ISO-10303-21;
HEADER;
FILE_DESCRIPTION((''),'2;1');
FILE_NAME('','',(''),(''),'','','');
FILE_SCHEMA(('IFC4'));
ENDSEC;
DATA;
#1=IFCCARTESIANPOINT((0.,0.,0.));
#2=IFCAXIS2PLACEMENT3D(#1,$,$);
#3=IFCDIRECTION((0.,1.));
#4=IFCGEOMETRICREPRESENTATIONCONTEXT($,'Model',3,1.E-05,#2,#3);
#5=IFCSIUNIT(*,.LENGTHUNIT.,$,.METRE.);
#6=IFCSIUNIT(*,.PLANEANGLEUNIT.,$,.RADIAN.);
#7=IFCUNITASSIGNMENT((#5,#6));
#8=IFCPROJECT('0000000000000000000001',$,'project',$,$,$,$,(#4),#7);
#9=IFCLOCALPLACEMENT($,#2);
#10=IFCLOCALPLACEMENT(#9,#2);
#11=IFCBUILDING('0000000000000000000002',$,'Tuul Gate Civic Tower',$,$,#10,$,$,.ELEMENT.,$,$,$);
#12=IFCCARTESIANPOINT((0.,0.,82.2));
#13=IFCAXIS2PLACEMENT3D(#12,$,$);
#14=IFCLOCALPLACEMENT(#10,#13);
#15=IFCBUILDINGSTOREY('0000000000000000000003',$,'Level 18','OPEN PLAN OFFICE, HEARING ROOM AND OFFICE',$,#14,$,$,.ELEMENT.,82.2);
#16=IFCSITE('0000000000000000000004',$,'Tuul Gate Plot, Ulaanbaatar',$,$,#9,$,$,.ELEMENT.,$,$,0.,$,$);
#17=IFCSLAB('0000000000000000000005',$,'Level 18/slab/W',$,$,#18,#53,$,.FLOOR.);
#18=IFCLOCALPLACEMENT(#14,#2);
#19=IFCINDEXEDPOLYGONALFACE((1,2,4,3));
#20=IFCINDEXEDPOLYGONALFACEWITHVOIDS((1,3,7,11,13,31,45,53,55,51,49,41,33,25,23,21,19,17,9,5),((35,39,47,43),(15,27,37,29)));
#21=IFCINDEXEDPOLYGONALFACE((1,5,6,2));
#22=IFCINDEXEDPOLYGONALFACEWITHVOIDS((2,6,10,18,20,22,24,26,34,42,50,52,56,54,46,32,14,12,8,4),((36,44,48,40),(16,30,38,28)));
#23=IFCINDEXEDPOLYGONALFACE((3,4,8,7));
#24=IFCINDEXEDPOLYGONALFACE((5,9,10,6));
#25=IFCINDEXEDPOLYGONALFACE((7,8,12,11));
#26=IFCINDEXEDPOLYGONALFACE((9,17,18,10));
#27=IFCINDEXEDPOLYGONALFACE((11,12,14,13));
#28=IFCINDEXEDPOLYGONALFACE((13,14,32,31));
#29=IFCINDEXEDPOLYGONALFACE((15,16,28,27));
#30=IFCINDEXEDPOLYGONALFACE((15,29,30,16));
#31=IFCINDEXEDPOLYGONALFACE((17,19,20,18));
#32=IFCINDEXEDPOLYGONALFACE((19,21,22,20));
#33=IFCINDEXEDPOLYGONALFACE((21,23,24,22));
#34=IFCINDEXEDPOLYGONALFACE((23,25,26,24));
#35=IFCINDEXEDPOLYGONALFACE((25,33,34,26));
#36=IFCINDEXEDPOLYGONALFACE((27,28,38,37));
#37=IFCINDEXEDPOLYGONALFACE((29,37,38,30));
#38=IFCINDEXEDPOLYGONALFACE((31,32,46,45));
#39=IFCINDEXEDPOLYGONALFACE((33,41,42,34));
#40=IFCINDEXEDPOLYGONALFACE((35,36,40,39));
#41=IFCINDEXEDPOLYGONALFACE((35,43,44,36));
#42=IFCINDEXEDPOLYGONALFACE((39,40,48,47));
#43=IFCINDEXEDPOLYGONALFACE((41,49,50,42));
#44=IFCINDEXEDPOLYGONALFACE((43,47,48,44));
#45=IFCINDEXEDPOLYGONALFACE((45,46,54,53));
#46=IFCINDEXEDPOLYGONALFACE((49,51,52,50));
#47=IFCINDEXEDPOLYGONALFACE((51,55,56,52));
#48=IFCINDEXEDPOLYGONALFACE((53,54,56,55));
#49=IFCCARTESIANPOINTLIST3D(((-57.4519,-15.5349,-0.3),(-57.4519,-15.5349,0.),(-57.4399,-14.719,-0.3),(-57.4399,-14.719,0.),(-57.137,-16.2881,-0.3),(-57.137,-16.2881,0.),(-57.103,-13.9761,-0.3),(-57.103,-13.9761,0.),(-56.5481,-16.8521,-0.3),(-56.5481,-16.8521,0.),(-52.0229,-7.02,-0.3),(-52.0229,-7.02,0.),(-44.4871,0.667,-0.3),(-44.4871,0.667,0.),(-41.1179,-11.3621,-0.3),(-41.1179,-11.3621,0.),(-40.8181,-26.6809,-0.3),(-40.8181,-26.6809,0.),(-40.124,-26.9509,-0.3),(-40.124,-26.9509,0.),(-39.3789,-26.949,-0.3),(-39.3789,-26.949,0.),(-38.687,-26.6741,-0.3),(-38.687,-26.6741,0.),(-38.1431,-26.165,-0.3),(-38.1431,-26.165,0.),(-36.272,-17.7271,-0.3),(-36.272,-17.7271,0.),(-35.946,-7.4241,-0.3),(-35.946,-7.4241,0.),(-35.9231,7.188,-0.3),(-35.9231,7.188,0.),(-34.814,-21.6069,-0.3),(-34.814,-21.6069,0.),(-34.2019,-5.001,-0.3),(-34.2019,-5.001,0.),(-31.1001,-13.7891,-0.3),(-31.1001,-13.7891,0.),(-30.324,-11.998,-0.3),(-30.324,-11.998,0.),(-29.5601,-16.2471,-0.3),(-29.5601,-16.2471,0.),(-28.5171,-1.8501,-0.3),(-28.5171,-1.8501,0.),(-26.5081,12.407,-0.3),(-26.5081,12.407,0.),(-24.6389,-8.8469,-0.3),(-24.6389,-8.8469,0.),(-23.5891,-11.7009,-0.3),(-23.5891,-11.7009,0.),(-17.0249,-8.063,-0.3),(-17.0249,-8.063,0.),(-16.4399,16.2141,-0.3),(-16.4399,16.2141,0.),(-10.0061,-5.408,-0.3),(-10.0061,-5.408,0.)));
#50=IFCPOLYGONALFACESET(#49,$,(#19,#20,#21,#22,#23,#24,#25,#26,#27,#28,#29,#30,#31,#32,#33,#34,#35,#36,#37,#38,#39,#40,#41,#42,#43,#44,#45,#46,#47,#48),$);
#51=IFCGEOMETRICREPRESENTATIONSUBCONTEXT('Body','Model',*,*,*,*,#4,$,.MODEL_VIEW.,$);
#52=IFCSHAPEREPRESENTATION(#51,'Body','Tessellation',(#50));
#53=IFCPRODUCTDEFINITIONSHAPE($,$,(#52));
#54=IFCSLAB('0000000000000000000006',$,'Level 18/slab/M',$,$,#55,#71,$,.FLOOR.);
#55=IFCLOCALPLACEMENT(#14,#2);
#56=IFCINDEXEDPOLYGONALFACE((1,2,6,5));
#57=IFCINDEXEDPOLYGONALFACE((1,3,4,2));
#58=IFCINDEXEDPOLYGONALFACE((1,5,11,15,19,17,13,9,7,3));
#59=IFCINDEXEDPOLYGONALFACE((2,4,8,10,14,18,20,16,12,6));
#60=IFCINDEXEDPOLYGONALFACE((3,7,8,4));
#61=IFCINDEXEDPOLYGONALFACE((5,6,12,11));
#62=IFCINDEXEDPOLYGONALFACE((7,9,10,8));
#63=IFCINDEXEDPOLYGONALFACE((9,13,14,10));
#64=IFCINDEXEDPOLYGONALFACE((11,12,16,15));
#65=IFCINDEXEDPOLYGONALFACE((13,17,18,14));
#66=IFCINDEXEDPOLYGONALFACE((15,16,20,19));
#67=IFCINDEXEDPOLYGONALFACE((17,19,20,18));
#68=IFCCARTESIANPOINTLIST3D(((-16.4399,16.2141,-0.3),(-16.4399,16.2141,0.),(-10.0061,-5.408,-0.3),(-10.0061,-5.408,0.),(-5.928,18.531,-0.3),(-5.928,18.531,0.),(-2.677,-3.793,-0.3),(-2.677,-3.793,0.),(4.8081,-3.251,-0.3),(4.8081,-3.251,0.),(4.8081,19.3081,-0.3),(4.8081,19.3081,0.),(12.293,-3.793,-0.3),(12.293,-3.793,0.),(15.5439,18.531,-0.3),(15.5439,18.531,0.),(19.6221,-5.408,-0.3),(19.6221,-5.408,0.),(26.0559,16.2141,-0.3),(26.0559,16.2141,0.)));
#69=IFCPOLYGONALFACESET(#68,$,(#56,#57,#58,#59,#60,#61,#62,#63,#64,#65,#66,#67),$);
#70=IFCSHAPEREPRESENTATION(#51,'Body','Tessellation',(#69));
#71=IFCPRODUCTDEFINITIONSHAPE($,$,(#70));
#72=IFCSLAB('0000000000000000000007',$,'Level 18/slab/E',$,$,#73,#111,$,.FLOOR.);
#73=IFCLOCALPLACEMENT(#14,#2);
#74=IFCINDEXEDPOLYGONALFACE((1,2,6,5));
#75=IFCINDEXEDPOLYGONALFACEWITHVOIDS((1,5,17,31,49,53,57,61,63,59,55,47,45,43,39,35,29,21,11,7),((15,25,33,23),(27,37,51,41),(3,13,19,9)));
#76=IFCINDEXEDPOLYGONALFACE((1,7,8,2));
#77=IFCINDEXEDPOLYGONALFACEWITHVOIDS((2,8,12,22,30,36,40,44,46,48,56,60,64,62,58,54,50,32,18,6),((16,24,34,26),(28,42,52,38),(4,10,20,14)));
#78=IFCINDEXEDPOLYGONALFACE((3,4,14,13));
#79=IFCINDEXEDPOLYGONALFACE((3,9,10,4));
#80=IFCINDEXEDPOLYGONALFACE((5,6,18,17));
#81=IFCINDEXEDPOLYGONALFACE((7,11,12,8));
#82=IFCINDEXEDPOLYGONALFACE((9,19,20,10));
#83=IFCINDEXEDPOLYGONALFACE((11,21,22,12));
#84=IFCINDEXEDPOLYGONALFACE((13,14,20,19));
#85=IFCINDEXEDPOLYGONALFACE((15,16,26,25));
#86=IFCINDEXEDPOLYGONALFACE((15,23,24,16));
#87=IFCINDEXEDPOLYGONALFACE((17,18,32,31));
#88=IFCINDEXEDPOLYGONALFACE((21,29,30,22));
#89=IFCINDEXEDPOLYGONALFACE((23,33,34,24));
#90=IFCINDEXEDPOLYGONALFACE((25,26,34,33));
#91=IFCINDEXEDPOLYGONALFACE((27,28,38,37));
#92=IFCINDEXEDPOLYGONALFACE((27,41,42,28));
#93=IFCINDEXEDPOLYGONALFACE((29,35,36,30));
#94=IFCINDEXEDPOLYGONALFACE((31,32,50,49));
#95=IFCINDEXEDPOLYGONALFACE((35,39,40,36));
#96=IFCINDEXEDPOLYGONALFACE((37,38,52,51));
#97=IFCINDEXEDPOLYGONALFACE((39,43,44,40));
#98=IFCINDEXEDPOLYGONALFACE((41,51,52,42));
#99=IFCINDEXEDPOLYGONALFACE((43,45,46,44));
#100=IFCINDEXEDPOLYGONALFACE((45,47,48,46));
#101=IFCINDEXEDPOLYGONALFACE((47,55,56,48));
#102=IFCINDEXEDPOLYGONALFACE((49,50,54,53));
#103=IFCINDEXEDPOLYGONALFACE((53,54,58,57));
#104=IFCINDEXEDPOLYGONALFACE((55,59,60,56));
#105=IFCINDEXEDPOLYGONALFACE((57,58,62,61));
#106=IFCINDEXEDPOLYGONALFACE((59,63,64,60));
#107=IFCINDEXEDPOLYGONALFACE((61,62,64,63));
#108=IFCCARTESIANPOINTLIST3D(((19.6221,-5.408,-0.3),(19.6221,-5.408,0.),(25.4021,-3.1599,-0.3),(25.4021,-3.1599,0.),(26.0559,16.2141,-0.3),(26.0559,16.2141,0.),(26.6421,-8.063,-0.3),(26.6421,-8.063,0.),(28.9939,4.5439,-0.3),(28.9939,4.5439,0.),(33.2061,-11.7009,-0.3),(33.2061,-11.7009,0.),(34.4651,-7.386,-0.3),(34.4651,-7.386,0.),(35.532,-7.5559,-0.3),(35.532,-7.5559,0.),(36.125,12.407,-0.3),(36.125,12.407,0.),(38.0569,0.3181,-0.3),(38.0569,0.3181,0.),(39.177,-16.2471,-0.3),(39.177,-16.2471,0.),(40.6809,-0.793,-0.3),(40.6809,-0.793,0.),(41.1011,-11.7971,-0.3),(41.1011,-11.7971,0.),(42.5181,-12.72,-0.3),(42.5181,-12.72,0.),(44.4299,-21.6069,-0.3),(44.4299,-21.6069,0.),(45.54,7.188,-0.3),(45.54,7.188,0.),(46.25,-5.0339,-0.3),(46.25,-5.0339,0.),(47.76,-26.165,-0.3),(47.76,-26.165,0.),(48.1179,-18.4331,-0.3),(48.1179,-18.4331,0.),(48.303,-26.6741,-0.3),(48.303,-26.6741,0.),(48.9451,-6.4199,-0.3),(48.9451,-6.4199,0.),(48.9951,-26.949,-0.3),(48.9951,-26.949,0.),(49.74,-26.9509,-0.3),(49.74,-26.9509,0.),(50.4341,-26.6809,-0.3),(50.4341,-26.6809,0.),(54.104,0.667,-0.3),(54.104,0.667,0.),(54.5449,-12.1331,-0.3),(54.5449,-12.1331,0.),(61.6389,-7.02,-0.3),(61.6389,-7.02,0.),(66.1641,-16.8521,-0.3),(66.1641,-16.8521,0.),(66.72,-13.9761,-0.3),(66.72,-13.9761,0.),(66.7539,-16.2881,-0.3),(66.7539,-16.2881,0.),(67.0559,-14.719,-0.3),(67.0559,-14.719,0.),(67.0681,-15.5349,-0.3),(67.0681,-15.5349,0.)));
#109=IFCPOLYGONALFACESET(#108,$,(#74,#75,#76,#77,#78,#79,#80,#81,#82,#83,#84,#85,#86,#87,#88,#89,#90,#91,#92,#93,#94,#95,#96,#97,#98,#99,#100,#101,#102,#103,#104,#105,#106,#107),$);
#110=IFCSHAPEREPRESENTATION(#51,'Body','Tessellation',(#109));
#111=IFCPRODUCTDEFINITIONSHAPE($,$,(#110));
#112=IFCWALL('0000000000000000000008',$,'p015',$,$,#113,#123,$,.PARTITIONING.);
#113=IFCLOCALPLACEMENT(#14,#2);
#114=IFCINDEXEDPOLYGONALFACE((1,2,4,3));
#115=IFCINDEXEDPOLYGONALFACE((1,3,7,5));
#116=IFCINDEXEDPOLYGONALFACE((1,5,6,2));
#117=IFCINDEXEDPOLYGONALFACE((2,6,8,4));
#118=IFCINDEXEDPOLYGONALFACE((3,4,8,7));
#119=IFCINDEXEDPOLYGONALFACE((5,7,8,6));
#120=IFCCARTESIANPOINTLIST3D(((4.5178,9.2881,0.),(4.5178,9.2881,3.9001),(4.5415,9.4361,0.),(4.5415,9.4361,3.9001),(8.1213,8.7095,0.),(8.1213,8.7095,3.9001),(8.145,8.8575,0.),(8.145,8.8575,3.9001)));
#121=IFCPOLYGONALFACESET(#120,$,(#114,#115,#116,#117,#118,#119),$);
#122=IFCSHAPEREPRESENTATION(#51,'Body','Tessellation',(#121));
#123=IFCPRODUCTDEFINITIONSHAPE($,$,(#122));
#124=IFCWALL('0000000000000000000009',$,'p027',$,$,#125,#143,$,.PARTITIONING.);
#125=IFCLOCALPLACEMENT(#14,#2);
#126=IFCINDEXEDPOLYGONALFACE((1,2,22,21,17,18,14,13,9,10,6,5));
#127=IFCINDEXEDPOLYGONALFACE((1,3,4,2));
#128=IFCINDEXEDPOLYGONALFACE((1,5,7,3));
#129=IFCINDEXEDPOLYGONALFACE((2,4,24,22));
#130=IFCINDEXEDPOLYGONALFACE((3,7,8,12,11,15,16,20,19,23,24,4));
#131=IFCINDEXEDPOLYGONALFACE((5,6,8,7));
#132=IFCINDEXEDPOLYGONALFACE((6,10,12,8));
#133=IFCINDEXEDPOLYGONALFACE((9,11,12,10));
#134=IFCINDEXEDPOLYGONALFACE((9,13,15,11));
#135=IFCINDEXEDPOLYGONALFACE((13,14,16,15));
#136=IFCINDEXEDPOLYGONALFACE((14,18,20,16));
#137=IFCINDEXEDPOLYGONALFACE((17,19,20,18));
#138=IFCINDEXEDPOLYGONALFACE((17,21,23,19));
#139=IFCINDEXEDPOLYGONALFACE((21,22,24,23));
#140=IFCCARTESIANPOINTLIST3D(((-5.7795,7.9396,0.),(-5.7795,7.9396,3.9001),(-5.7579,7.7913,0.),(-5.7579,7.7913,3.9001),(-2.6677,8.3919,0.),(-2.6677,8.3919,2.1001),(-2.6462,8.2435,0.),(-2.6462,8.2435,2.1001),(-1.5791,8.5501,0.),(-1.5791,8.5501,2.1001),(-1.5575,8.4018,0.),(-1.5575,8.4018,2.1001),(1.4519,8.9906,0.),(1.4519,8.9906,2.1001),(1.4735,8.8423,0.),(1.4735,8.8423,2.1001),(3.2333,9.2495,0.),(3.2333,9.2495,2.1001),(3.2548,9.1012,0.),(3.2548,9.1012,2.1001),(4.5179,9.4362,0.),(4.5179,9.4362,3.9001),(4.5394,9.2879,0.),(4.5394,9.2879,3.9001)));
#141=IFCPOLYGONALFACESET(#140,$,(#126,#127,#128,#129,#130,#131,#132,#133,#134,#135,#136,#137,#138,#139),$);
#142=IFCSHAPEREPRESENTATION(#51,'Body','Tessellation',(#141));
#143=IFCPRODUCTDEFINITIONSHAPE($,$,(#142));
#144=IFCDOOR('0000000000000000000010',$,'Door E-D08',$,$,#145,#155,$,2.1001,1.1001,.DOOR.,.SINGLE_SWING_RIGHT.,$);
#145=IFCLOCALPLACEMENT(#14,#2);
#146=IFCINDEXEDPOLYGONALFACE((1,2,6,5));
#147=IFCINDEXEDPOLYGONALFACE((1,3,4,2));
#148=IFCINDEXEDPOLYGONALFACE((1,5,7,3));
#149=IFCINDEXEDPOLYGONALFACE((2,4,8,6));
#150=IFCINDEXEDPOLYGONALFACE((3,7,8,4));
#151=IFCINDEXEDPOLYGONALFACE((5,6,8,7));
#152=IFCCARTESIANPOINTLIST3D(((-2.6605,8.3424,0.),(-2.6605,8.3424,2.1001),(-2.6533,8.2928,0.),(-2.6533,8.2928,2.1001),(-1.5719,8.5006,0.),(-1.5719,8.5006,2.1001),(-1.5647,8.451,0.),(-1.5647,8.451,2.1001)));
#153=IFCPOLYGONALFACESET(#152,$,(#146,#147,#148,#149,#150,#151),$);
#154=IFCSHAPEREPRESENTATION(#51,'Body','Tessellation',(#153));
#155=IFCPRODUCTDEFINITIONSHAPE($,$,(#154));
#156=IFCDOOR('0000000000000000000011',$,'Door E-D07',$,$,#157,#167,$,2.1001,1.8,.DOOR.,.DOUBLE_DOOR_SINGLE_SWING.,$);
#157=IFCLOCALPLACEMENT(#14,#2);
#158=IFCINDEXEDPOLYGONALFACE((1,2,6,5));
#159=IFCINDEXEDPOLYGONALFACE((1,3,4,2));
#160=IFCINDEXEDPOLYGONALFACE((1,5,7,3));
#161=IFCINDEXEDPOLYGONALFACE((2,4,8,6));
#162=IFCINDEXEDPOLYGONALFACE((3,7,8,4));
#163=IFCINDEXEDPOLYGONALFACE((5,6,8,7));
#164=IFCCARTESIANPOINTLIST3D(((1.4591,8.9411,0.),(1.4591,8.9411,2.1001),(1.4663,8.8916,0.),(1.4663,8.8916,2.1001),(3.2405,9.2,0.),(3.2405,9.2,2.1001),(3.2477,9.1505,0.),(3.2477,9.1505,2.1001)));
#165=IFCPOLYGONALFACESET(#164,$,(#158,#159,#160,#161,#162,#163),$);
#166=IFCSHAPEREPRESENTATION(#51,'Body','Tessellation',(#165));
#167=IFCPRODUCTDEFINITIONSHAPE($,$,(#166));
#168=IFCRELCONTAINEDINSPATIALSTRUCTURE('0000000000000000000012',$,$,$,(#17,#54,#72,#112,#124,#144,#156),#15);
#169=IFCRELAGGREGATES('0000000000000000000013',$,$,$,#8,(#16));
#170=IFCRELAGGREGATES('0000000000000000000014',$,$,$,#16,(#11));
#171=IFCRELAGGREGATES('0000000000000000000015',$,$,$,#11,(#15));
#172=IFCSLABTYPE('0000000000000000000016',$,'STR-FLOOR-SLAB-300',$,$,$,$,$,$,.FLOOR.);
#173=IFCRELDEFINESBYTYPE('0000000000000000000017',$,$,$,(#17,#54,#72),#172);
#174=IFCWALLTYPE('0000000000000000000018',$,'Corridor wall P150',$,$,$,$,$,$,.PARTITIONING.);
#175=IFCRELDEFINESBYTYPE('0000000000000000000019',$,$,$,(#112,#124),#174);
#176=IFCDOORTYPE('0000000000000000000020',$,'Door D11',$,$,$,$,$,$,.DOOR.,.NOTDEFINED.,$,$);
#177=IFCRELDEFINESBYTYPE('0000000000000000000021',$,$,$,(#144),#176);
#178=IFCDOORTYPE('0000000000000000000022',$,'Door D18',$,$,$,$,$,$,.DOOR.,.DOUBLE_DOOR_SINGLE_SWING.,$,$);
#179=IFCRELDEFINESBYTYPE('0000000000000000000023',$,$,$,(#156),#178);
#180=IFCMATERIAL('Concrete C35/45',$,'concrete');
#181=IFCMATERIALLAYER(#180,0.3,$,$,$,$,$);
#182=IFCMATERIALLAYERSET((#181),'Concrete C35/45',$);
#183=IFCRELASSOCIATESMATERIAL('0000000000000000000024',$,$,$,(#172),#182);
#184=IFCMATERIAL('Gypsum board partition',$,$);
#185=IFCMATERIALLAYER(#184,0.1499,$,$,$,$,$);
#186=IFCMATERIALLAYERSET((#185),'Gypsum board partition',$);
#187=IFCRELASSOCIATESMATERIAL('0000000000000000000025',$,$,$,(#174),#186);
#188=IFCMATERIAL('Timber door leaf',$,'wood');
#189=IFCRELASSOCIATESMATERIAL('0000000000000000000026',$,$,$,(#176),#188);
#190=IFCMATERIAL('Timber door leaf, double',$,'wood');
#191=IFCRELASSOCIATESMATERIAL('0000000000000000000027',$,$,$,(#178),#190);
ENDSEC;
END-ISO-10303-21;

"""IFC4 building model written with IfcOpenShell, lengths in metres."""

from ifc_helpers import new_model, si_unit, direction, frame, frame_2d, origin, place, context, subcontext, project, spatial, polyline, rectangle, outline, extrude, material, layer, layer_set, type_object, element, fill, save


model = new_model("IFC4")

# Units and contexts
model_context = context("Model", 3, precision=1e-05, world=origin(), true_north=direction((0.0, 1.0)))
body_context = subcontext(model_context, "Body", "Model", "MODEL_VIEW")
ifc_project = project(units=[si_unit("LENGTHUNIT", "METRE"), si_unit("PLANEANGLEUNIT", "RADIAN")], contexts=[model_context])

# Site, building, storey
site_placement = place(None, origin())
site = spatial("IfcSite", under=ifc_project, at=site_placement, Name="Tuul Gate Plot, Ulaanbaatar", CompositionType="ELEMENT", RefElevation=0.0)
building_placement = place(site_placement, origin())
building = spatial("IfcBuilding", under=site, at=building_placement, Name="Tuul Gate Civic Tower", CompositionType="ELEMENT")
storey_placement = place(building_placement, frame((0.0, 0.0, 82.2)))
storey = spatial("IfcBuildingStorey", under=building, at=storey_placement, Name="Level 18", Description="OPEN PLAN OFFICE, HEARING ROOM AND OFFICE", CompositionType="ELEMENT", Elevation=82.2)

# Slabs
ifc_material_1 = material(Name="Concrete C35/45", Category="concrete")
ifc_layer_1 = layer(ifc_material_1, 0.3)
ifc_layer_set_1 = layer_set([ifc_layer_1], Name="Concrete C35/45")
slab_type_1 = type_object("IfcSlabType", Name="STR-FLOOR-SLAB-300", PredefinedType="FLOOR", material=ifc_layer_set_1)
slab_1_placement = place(storey_placement, frame((0.0, 0.0, -0.3)))
element("IfcSlab", 1, at=slab_1_placement, inside=storey, type_object=slab_type_1, Name="Level 18/slab/W", PredefinedType="FLOOR", context=body_context, shape_type="SweptSolid", body=[
    extrude(outline(polyline([(-10.0061, -5.408), (-16.4399, 16.2141), (-26.5081, 12.407), (-35.9231, 7.188), (-44.4871, 0.667), (-52.0229, -7.02), (-57.103, -13.9761), (-57.4399, -14.719), (-57.4519, -15.5349), (-57.137, -16.2881), (-56.5481, -16.8521), (-40.8181, -26.6809), (-40.124, -26.9509), (-39.3789, -26.949), (-38.687, -26.6741), (-38.1431, -26.165), (-34.814, -21.6069), (-29.5601, -16.2471), (-23.5891, -11.7009), (-17.0249, -8.063), (-10.0061, -5.408)]), holes=[polyline([(-31.1001, -13.7891), (-36.272, -17.7271), (-41.1179, -11.3621), (-35.946, -7.4241), (-31.1001, -13.7891)]), polyline([(-24.6389, -8.8469), (-30.324, -11.998), (-34.2019, -5.001), (-28.5171, -1.8501), (-24.6389, -8.8469)])]), origin(), (0.0, 0.0, 1.0), 0.3),
])
slab_2_placement = place(storey_placement, frame((0.0, 0.0, -0.3)))
element("IfcSlab", 2, at=slab_2_placement, inside=storey, type_object=slab_type_1, Name="Level 18/slab/M", PredefinedType="FLOOR", context=body_context, shape_type="SweptSolid", body=[
    extrude(outline(polyline([(19.6221, -5.408), (26.0559, 16.2141), (15.5439, 18.531), (4.8081, 19.3081), (-5.928, 18.531), (-16.4399, 16.2141), (-10.0061, -5.408), (-2.677, -3.793), (4.8081, -3.251), (12.293, -3.793), (19.6221, -5.408)])), origin(), (0.0, 0.0, 1.0), 0.3),
])
slab_3_placement = place(storey_placement, frame((0.0, 0.0, -0.3)))
element("IfcSlab", 3, at=slab_3_placement, inside=storey, type_object=slab_type_1, Name="Level 18/slab/E", PredefinedType="FLOOR", context=body_context, shape_type="SweptSolid", body=[
    extrude(outline(polyline([(49.74, -26.9509), (50.4341, -26.6809), (66.1641, -16.8521), (66.7539, -16.2881), (67.0681, -15.5349), (67.0559, -14.719), (66.72, -13.9761), (61.6389, -7.02), (54.104, 0.667), (45.54, 7.188), (36.125, 12.407), (26.0559, 16.2141), (19.6221, -5.408), (26.6421, -8.063), (33.2061, -11.7009), (39.177, -16.2471), (44.4299, -21.6069), (47.76, -26.165), (48.303, -26.6741), (48.9951, -26.949), (49.74, -26.9509)]), holes=[polyline([(48.1179, -18.4331), (42.5181, -12.72), (48.9451, -6.4199), (54.5449, -12.1331), (48.1179, -18.4331)]), polyline([(35.532, -7.5559), (40.6809, -0.793), (46.25, -5.0339), (41.1011, -11.7971), (35.532, -7.5559)]), polyline([(25.4021, -3.1599), (28.9939, 4.5439), (38.0569, 0.3181), (34.4651, -7.386), (25.4021, -3.1599)])]), origin(), (0.0, 0.0, 1.0), 0.3),
])

# Wall
ifc_material_2 = material(Name="Gypsum board partition")
ifc_layer_2 = layer(ifc_material_2, 0.1499)
ifc_layer_set_2 = layer_set([ifc_layer_2], Name="Gypsum board partition")
wall_type_1 = type_object("IfcWallType", Name="Corridor wall P150", PredefinedType="PARTITIONING", material=ifc_layer_set_2)
wall_1_placement = place(storey_placement, frame((4.5298, 9.3621, 0.0), z_axis=(0.0, 0.0, 1.0), x_axis=(0.987353, -0.158538, 0.0)))
element("IfcWall", 4, at=wall_1_placement, inside=storey, type_object=wall_type_1, Name="p015", PredefinedType="PARTITIONING", context=body_context, shape_type="SweptSolid", body=[
    extrude(rectangle(XDim=3.6497, YDim=0.1499, at=frame_2d((1.8247, 0.0))), origin(), (0.0, 0.0, 1.0), 3.9001),
])

# Wall, openings, doors
wall_2_placement = place(storey_placement, frame((-5.7686, 7.8655, 0.0), z_axis=(0.0, 0.0, 1.0), x_axis=(0.989603, 0.143825, 0.0)))
wall_2 = element("IfcWall", 5, at=wall_2_placement, inside=storey, type_object=wall_type_1, Name="p027", PredefinedType="PARTITIONING", context=body_context, shape_type="SweptSolid", body=[
    extrude(rectangle(XDim=10.4055, YDim=0.1499, at=frame_2d((5.2026, 0.0))), origin(), (0.0, 0.0, 1.0), 3.9001),
])
opening_1_placement = place(wall_2_placement, frame((7.3074, 0.0, 0.0)))
opening_1 = element("IfcOpeningElement", 6, at=opening_1_placement, cuts=wall_2, PredefinedType="OPENING", context=body_context, shape_type="SweptSolid", body=[
    extrude(rectangle(XDim=1.8, YDim=2.1001, at=frame_2d((0.8999, 1.05))), frame((0.0, 0.085, 0.0), z_axis=(0.0, -1.0, 0.0), x_axis=(1.0, 0.0, 0.0)), (0.0, 0.0, 1.0), 0.1699),
])
opening_2_placement = place(wall_2_placement, frame((3.1443, 0.0, 0.0)))
opening_2 = element("IfcOpeningElement", 7, at=opening_2_placement, cuts=wall_2, PredefinedType="OPENING", context=body_context, shape_type="SweptSolid", body=[
    extrude(rectangle(XDim=1.1001, YDim=2.1001, at=frame_2d((0.55, 1.05))), frame((0.0, 0.085, 0.0), z_axis=(0.0, -1.0, 0.0), x_axis=(1.0, 0.0, 0.0)), (0.0, 0.0, 1.0), 0.1699),
])
ifc_material_3 = material(Name="Timber door leaf", Category="wood")
door_type_1 = type_object("IfcDoorType", Name="Door D11", OperationType="NOTDEFINED", PredefinedType="DOOR", material=ifc_material_3)
door_1_placement = place(opening_2_placement, origin())
door_1 = element("IfcDoor", 8, at=door_1_placement, inside=storey, type_object=door_type_1, Name="Door E-D08", OperationType="SINGLE_SWING_RIGHT", OverallHeight=2.1001, OverallWidth=1.1001, PredefinedType="DOOR", context=body_context, shape_type="SweptSolid", body=[
    extrude(rectangle(XDim=1.1001, YDim=2.1001, at=frame_2d((0.55, 1.05))), frame((0.0, 0.0249, 0.0), z_axis=(0.0, -1.0, 0.0), x_axis=(1.0, 0.0, 0.0)), (0.0, 0.0, 1.0), 0.05),
])
fill(opening_2, door_1)
ifc_material_4 = material(Name="Timber door leaf, double", Category="wood")
door_type_2 = type_object("IfcDoorType", Name="Door D18", OperationType="DOUBLE_DOOR_SINGLE_SWING", PredefinedType="DOOR", material=ifc_material_4)
door_2_placement = place(opening_1_placement, origin())
door_2 = element("IfcDoor", 9, at=door_2_placement, inside=storey, type_object=door_type_2, Name="Door E-D07", OperationType="DOUBLE_DOOR_SINGLE_SWING", OverallHeight=2.1001, OverallWidth=1.8, PredefinedType="DOOR", context=body_context, shape_type="SweptSolid", body=[
    extrude(rectangle(XDim=1.8, YDim=2.1001, at=frame_2d((0.8999, 1.05))), frame((0.0, 0.0249, 0.0), z_axis=(0.0, -1.0, 0.0), x_axis=(1.0, 0.0, 0.0)), (0.0, 0.0, 1.0), 0.05),
])
fill(opening_1, door_2)

save(model, "model.ifc")
